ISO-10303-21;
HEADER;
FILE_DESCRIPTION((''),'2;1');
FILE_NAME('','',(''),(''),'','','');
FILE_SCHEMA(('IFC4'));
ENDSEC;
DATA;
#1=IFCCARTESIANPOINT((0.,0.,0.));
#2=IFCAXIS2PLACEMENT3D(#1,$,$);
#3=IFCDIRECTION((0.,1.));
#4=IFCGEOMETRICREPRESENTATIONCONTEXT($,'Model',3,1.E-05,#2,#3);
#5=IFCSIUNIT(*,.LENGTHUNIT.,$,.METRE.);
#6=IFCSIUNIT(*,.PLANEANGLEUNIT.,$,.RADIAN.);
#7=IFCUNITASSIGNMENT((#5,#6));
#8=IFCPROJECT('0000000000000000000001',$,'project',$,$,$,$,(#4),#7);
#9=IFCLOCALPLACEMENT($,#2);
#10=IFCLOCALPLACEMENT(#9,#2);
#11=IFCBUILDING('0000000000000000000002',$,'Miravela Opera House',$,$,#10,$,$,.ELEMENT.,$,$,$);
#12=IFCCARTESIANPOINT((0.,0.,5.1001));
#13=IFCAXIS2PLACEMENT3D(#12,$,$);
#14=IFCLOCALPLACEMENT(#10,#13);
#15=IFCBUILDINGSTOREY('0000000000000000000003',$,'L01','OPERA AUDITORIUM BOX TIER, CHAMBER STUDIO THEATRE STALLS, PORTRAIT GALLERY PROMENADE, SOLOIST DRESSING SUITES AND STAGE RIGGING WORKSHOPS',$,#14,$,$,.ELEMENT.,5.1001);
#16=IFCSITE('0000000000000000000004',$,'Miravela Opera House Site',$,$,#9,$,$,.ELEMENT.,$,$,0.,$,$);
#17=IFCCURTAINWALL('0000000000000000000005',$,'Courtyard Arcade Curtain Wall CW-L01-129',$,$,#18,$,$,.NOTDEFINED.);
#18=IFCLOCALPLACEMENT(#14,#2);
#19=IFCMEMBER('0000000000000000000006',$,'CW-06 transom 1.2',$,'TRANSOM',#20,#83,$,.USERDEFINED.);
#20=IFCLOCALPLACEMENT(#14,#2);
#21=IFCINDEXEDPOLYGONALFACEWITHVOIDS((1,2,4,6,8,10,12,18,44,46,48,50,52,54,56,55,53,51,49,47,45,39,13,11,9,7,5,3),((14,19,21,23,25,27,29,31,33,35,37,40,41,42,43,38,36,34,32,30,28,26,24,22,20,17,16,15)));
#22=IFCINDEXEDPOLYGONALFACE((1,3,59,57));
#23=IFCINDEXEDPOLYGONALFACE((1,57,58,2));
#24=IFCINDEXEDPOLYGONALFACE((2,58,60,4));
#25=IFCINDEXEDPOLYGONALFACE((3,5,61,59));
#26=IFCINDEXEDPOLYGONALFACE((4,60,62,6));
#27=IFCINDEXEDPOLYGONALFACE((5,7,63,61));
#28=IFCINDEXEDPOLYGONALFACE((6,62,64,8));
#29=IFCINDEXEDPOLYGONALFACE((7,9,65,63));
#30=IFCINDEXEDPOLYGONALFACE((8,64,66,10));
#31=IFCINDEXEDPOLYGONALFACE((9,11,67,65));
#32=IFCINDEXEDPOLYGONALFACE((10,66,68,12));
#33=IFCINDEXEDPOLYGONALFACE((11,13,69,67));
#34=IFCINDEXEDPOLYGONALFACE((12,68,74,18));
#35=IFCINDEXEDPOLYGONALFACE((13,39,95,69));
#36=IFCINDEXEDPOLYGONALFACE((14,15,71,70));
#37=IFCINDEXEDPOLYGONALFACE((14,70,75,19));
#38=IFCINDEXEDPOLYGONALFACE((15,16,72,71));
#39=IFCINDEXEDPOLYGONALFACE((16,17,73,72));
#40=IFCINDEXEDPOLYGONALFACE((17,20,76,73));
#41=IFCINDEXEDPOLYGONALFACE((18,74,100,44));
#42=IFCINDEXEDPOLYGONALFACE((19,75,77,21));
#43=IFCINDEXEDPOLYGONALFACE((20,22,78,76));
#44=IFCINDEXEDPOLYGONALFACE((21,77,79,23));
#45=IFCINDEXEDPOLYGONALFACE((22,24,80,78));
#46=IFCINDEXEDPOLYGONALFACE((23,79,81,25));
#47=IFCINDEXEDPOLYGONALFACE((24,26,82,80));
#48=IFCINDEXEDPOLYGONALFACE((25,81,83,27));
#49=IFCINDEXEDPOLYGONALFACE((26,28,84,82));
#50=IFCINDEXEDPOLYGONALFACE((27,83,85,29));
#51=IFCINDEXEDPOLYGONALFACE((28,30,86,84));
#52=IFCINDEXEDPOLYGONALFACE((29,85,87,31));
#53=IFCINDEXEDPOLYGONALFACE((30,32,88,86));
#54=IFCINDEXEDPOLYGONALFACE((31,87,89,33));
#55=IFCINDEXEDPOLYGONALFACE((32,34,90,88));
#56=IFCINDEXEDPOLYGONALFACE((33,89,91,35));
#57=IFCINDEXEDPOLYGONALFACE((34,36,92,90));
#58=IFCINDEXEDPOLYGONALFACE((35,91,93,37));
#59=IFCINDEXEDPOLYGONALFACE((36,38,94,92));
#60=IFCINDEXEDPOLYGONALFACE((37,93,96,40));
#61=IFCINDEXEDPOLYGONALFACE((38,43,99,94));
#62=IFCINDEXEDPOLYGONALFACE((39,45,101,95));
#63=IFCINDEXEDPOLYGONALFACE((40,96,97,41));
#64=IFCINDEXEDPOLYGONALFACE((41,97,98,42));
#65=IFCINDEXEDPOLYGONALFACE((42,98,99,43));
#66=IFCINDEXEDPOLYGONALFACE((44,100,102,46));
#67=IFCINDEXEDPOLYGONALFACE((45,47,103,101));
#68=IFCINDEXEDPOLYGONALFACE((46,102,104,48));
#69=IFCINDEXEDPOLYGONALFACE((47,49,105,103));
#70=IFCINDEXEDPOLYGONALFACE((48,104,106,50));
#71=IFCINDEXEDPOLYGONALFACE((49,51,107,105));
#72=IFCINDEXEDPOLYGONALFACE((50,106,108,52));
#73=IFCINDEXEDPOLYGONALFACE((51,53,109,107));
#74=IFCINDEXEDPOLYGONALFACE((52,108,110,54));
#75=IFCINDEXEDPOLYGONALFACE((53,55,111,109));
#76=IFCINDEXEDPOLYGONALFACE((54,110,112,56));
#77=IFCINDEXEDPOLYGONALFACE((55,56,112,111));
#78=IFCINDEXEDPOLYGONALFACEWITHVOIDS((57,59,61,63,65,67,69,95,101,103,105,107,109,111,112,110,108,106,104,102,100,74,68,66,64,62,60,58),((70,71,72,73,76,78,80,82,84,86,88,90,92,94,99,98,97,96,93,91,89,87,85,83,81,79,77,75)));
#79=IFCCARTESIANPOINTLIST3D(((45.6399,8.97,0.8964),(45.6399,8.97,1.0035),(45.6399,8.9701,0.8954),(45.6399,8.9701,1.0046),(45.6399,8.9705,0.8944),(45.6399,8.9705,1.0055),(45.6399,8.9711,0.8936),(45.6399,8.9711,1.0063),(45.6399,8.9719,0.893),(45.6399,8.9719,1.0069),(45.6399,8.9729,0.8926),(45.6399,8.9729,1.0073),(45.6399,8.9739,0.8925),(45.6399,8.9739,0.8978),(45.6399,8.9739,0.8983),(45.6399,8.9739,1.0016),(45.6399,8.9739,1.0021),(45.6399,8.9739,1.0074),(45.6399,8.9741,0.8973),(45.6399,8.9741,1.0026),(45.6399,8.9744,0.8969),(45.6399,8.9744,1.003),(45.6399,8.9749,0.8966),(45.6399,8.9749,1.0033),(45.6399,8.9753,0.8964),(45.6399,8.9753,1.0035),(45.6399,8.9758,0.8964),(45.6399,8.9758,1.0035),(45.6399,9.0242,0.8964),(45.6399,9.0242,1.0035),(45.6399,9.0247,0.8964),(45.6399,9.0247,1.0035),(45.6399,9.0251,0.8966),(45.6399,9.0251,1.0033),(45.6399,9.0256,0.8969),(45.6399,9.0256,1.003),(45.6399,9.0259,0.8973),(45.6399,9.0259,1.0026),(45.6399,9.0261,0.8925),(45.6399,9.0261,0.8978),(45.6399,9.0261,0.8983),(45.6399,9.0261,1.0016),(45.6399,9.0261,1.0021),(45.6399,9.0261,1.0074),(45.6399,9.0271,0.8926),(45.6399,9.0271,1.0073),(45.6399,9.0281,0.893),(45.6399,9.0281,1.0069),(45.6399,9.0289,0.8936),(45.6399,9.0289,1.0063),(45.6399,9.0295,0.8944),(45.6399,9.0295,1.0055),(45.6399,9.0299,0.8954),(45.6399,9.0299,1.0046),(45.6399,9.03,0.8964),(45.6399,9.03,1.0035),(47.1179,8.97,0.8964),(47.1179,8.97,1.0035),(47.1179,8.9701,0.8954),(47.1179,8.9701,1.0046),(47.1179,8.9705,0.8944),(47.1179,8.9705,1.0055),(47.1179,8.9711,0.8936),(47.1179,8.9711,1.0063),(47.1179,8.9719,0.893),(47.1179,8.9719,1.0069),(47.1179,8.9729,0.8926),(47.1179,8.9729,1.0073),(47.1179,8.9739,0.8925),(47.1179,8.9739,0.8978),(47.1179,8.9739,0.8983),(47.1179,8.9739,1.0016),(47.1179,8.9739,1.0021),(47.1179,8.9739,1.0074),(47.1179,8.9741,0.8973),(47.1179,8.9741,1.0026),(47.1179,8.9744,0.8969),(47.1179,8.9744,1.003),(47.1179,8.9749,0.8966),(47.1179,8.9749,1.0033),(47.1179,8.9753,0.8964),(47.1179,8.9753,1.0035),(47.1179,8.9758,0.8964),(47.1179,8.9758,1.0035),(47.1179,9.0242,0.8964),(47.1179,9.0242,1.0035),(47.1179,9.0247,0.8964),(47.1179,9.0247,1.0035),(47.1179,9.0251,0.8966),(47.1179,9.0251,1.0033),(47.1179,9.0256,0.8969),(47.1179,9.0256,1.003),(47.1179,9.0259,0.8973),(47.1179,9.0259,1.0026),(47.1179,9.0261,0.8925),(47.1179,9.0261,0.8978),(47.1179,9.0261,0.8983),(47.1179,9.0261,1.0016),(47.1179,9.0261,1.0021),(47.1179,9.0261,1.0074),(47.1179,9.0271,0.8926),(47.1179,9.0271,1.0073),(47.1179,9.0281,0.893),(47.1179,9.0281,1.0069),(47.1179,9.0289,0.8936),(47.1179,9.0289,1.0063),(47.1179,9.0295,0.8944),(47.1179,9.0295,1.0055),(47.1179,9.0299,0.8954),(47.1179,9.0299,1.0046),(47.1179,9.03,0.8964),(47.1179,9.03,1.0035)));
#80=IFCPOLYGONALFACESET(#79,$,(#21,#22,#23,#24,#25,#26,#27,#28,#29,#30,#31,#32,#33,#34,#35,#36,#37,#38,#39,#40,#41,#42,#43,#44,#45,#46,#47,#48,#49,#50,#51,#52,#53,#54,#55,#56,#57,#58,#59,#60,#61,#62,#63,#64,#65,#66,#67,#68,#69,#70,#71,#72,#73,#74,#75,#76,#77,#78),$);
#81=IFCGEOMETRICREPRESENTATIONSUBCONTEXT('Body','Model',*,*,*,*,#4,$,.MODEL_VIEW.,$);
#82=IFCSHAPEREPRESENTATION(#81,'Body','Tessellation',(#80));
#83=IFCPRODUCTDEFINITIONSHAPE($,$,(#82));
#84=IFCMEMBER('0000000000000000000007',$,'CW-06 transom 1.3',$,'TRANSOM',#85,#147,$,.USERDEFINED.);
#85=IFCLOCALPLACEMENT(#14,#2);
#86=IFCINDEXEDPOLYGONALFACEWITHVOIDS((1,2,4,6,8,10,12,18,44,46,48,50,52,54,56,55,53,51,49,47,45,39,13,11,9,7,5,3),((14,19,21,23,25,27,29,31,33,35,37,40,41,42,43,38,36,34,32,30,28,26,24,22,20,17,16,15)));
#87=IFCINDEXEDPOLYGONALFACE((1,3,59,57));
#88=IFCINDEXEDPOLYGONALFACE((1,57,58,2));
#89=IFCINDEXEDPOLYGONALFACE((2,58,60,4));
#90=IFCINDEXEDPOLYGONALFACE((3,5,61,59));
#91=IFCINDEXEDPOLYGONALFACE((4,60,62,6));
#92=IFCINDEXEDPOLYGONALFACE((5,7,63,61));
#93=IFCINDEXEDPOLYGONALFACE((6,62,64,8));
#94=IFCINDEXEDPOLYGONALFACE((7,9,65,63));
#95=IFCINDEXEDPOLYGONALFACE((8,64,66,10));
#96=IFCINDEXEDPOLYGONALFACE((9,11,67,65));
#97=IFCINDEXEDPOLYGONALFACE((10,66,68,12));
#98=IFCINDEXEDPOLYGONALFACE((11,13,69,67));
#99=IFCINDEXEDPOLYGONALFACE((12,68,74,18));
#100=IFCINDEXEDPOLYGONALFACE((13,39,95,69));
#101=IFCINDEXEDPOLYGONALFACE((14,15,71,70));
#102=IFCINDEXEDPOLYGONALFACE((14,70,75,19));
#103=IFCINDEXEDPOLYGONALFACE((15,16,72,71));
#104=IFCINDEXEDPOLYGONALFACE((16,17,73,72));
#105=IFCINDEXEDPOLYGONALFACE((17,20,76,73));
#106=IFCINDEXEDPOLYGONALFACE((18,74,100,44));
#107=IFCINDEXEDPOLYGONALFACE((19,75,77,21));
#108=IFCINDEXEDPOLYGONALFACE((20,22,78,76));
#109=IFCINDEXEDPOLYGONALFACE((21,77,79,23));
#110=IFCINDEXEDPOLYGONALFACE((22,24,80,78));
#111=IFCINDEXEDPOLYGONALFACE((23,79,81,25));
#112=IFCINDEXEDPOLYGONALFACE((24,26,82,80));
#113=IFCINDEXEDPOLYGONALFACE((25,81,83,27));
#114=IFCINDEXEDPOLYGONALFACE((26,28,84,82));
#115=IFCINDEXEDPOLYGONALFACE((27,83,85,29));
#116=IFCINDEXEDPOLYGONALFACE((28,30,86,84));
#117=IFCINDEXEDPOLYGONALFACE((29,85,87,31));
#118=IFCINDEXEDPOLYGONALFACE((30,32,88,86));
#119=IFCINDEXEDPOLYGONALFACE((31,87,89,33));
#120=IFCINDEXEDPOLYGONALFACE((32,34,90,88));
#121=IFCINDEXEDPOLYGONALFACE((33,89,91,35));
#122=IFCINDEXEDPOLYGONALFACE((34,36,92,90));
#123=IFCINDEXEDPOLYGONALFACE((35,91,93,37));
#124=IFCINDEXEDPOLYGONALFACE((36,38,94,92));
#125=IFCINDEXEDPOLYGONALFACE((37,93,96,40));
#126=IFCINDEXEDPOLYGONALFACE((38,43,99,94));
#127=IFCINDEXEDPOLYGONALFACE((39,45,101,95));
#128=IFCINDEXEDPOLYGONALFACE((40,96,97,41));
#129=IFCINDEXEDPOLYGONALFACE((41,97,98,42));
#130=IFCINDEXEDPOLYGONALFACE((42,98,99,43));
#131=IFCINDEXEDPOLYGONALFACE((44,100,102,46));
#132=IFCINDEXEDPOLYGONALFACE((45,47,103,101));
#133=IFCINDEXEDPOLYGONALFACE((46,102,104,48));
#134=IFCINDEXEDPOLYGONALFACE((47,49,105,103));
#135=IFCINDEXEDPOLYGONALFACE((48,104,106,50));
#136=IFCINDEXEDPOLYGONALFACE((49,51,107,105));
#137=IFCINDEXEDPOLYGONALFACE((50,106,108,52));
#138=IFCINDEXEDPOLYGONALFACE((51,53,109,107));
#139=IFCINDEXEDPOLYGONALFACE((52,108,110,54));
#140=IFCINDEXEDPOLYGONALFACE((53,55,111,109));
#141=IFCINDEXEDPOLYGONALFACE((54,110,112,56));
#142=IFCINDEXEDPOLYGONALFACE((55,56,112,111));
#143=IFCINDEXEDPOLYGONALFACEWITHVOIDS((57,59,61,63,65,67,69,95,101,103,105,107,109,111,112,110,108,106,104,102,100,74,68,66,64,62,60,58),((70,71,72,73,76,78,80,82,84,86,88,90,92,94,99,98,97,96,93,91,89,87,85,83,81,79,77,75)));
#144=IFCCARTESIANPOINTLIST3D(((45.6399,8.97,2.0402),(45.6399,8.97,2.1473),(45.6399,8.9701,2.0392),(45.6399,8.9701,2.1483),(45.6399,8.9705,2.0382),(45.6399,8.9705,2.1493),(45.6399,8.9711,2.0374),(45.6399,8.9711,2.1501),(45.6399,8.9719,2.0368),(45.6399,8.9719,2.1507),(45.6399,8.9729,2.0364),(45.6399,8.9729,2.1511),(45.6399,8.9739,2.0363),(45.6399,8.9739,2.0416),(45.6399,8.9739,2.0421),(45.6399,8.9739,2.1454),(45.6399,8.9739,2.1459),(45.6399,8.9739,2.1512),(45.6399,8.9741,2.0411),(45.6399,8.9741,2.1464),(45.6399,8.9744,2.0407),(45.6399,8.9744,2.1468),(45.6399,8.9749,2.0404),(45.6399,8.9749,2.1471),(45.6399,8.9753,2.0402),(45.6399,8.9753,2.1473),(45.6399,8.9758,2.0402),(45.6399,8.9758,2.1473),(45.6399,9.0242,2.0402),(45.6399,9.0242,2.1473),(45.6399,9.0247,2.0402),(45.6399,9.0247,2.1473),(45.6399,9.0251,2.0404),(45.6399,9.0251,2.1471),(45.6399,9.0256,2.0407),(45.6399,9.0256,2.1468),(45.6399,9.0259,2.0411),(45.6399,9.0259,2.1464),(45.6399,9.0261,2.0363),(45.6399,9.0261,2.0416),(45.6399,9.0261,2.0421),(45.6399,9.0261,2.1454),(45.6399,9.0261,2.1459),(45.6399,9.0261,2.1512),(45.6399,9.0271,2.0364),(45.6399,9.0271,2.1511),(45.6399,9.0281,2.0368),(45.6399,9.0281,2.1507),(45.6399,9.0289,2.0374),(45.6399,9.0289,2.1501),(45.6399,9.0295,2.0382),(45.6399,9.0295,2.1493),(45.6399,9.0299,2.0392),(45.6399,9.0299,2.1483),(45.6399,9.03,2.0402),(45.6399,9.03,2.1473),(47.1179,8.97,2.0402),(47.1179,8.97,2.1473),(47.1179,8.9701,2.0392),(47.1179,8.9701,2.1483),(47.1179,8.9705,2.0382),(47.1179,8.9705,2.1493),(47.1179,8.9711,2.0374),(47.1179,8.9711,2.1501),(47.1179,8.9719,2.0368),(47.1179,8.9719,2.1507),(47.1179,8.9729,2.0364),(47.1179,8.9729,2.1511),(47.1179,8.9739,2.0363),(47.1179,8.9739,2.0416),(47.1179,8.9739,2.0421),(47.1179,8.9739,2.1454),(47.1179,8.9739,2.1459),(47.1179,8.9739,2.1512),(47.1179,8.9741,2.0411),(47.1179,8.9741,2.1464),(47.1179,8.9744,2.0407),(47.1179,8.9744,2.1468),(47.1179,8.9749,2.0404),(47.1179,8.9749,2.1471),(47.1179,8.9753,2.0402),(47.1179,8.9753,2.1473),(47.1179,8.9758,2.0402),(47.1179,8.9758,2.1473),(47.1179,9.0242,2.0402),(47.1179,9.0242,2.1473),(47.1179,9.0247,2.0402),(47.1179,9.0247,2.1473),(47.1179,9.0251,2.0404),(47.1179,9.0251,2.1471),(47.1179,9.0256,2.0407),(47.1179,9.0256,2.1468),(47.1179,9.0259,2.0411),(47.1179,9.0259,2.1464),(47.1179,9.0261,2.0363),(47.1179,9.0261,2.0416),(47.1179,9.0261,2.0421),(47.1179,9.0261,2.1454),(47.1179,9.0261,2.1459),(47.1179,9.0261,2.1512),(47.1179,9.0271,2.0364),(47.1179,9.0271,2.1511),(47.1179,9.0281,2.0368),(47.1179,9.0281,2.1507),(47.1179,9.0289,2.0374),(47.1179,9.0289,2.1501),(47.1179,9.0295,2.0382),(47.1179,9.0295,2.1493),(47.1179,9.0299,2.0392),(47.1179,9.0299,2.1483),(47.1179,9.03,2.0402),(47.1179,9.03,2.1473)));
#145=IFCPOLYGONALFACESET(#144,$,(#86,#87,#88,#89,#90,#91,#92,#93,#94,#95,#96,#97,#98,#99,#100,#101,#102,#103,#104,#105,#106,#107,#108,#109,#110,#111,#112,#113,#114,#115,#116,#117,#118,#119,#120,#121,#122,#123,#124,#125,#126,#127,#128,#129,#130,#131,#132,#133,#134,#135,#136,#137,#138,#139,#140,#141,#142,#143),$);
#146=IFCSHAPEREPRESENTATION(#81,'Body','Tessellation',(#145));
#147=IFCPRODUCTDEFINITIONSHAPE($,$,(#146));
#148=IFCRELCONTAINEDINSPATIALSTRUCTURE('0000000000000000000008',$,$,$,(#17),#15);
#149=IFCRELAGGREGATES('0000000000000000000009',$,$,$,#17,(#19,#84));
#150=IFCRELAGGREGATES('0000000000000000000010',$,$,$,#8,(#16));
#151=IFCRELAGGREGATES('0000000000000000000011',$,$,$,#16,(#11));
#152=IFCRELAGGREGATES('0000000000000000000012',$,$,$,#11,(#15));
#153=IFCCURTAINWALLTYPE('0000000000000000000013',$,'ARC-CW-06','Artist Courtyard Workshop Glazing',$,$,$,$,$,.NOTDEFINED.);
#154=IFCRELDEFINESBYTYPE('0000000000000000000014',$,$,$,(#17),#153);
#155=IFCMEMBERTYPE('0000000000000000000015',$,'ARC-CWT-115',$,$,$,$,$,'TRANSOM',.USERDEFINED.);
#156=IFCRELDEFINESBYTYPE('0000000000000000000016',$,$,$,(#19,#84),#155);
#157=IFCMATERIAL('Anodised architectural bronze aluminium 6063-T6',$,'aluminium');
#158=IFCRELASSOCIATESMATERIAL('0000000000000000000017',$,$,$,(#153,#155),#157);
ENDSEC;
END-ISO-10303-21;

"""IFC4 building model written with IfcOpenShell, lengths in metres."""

from ifc_helpers import new_model, si_unit, direction, frame, origin, origin_2d, place, context, subcontext, project, spatial, hollow_rectangle, extrude, material, material_profile, profile_set, type_object, element, aggregate, save


model = new_model("IFC4")

# Units and contexts
model_context = context("Model", 3, precision=1e-05, world=origin(), true_north=direction((0.0, 1.0)))
body_context = subcontext(model_context, "Body", "Model", "MODEL_VIEW")
ifc_project = project(units=[si_unit("LENGTHUNIT", "METRE"), si_unit("PLANEANGLEUNIT", "RADIAN")], contexts=[model_context])

# Site, building, storey
site_placement = place(None, origin())
site = spatial("IfcSite", under=ifc_project, at=site_placement, Name="Miravela Opera House Site", CompositionType="ELEMENT", RefElevation=0.0)
building_placement = place(site_placement, origin())
building = spatial("IfcBuilding", under=site, at=building_placement, Name="Miravela Opera House", CompositionType="ELEMENT")
storey_placement = place(building_placement, frame((0.0, 0.0, 5.1001)))
storey = spatial("IfcBuildingStorey", under=building, at=storey_placement, Name="L01", Description="OPERA AUDITORIUM BOX TIER, CHAMBER STUDIO THEATRE STALLS, PORTRAIT GALLERY PROMENADE, SOLOIST DRESSING SUITES AND STAGE RIGGING WORKSHOPS", CompositionType="ELEMENT", Elevation=5.1001)

# Curtain wall, members
ifc_material_1 = material(Name="Anodised architectural bronze aluminium 6063-T6", Category="aluminium")
curtain_wall_type = type_object("IfcCurtainWallType", Name="ARC-CW-06", Description="Artist Courtyard Workshop Glazing", PredefinedType="NOTDEFINED", material=ifc_material_1)
curtain_wall_placement = place(storey_placement, origin())
curtain_wall = element("IfcCurtainWall", 1, at=curtain_wall_placement, inside=storey, type_object=curtain_wall_type, Name="Courtyard Arcade Curtain Wall CW-L01-129", PredefinedType="NOTDEFINED")
ifc_material_profile_1 = material_profile(ifc_material_1, hollow_rectangle(XDim=0.0601, YDim=0.115, WallThickness=0.0039, InnerFilletRadius=0.002, OuterFilletRadius=0.0039, at=origin_2d()), Name="CWT-60X115")
ifc_profile_set_1 = profile_set([ifc_material_profile_1])
member_type_1 = type_object("IfcMemberType", Name="ARC-CWT-115", ElementType="TRANSOM", PredefinedType="USERDEFINED", material=ifc_profile_set_1)
member_1_placement = place(storey_placement, frame((45.6399, 9.0, 0.95), z_axis=(1.0, 0.0, 0.0), x_axis=(0.0, 1.0, 0.0)))
member_1 = element("IfcMember", 2, at=member_1_placement, type_object=member_type_1, Name="CW-06 transom 1.2", ObjectType="TRANSOM", PredefinedType="USERDEFINED", context=body_context, shape_type="SweptSolid", body=[
    extrude(hollow_rectangle(XDim=0.0601, YDim=0.115, WallThickness=0.0039, InnerFilletRadius=0.002, OuterFilletRadius=0.0039, at=origin_2d()), origin(), (0.0, 0.0, 1.0), 1.478),
])
member_2_placement = place(storey_placement, frame((45.6399, 9.0, 2.0938), z_axis=(1.0, 0.0, 0.0), x_axis=(0.0, 1.0, 0.0)))
member_2 = element("IfcMember", 3, at=member_2_placement, type_object=member_type_1, Name="CW-06 transom 1.3", ObjectType="TRANSOM", PredefinedType="USERDEFINED", context=body_context, shape_type="SweptSolid", body=[
    extrude(hollow_rectangle(XDim=0.0601, YDim=0.115, WallThickness=0.0039, InnerFilletRadius=0.002, OuterFilletRadius=0.0039, at=origin_2d()), origin(), (0.0, 0.0, 1.0), 1.478),
])

aggregate(curtain_wall, [member_1, member_2])

save(model, "model.ifc")
